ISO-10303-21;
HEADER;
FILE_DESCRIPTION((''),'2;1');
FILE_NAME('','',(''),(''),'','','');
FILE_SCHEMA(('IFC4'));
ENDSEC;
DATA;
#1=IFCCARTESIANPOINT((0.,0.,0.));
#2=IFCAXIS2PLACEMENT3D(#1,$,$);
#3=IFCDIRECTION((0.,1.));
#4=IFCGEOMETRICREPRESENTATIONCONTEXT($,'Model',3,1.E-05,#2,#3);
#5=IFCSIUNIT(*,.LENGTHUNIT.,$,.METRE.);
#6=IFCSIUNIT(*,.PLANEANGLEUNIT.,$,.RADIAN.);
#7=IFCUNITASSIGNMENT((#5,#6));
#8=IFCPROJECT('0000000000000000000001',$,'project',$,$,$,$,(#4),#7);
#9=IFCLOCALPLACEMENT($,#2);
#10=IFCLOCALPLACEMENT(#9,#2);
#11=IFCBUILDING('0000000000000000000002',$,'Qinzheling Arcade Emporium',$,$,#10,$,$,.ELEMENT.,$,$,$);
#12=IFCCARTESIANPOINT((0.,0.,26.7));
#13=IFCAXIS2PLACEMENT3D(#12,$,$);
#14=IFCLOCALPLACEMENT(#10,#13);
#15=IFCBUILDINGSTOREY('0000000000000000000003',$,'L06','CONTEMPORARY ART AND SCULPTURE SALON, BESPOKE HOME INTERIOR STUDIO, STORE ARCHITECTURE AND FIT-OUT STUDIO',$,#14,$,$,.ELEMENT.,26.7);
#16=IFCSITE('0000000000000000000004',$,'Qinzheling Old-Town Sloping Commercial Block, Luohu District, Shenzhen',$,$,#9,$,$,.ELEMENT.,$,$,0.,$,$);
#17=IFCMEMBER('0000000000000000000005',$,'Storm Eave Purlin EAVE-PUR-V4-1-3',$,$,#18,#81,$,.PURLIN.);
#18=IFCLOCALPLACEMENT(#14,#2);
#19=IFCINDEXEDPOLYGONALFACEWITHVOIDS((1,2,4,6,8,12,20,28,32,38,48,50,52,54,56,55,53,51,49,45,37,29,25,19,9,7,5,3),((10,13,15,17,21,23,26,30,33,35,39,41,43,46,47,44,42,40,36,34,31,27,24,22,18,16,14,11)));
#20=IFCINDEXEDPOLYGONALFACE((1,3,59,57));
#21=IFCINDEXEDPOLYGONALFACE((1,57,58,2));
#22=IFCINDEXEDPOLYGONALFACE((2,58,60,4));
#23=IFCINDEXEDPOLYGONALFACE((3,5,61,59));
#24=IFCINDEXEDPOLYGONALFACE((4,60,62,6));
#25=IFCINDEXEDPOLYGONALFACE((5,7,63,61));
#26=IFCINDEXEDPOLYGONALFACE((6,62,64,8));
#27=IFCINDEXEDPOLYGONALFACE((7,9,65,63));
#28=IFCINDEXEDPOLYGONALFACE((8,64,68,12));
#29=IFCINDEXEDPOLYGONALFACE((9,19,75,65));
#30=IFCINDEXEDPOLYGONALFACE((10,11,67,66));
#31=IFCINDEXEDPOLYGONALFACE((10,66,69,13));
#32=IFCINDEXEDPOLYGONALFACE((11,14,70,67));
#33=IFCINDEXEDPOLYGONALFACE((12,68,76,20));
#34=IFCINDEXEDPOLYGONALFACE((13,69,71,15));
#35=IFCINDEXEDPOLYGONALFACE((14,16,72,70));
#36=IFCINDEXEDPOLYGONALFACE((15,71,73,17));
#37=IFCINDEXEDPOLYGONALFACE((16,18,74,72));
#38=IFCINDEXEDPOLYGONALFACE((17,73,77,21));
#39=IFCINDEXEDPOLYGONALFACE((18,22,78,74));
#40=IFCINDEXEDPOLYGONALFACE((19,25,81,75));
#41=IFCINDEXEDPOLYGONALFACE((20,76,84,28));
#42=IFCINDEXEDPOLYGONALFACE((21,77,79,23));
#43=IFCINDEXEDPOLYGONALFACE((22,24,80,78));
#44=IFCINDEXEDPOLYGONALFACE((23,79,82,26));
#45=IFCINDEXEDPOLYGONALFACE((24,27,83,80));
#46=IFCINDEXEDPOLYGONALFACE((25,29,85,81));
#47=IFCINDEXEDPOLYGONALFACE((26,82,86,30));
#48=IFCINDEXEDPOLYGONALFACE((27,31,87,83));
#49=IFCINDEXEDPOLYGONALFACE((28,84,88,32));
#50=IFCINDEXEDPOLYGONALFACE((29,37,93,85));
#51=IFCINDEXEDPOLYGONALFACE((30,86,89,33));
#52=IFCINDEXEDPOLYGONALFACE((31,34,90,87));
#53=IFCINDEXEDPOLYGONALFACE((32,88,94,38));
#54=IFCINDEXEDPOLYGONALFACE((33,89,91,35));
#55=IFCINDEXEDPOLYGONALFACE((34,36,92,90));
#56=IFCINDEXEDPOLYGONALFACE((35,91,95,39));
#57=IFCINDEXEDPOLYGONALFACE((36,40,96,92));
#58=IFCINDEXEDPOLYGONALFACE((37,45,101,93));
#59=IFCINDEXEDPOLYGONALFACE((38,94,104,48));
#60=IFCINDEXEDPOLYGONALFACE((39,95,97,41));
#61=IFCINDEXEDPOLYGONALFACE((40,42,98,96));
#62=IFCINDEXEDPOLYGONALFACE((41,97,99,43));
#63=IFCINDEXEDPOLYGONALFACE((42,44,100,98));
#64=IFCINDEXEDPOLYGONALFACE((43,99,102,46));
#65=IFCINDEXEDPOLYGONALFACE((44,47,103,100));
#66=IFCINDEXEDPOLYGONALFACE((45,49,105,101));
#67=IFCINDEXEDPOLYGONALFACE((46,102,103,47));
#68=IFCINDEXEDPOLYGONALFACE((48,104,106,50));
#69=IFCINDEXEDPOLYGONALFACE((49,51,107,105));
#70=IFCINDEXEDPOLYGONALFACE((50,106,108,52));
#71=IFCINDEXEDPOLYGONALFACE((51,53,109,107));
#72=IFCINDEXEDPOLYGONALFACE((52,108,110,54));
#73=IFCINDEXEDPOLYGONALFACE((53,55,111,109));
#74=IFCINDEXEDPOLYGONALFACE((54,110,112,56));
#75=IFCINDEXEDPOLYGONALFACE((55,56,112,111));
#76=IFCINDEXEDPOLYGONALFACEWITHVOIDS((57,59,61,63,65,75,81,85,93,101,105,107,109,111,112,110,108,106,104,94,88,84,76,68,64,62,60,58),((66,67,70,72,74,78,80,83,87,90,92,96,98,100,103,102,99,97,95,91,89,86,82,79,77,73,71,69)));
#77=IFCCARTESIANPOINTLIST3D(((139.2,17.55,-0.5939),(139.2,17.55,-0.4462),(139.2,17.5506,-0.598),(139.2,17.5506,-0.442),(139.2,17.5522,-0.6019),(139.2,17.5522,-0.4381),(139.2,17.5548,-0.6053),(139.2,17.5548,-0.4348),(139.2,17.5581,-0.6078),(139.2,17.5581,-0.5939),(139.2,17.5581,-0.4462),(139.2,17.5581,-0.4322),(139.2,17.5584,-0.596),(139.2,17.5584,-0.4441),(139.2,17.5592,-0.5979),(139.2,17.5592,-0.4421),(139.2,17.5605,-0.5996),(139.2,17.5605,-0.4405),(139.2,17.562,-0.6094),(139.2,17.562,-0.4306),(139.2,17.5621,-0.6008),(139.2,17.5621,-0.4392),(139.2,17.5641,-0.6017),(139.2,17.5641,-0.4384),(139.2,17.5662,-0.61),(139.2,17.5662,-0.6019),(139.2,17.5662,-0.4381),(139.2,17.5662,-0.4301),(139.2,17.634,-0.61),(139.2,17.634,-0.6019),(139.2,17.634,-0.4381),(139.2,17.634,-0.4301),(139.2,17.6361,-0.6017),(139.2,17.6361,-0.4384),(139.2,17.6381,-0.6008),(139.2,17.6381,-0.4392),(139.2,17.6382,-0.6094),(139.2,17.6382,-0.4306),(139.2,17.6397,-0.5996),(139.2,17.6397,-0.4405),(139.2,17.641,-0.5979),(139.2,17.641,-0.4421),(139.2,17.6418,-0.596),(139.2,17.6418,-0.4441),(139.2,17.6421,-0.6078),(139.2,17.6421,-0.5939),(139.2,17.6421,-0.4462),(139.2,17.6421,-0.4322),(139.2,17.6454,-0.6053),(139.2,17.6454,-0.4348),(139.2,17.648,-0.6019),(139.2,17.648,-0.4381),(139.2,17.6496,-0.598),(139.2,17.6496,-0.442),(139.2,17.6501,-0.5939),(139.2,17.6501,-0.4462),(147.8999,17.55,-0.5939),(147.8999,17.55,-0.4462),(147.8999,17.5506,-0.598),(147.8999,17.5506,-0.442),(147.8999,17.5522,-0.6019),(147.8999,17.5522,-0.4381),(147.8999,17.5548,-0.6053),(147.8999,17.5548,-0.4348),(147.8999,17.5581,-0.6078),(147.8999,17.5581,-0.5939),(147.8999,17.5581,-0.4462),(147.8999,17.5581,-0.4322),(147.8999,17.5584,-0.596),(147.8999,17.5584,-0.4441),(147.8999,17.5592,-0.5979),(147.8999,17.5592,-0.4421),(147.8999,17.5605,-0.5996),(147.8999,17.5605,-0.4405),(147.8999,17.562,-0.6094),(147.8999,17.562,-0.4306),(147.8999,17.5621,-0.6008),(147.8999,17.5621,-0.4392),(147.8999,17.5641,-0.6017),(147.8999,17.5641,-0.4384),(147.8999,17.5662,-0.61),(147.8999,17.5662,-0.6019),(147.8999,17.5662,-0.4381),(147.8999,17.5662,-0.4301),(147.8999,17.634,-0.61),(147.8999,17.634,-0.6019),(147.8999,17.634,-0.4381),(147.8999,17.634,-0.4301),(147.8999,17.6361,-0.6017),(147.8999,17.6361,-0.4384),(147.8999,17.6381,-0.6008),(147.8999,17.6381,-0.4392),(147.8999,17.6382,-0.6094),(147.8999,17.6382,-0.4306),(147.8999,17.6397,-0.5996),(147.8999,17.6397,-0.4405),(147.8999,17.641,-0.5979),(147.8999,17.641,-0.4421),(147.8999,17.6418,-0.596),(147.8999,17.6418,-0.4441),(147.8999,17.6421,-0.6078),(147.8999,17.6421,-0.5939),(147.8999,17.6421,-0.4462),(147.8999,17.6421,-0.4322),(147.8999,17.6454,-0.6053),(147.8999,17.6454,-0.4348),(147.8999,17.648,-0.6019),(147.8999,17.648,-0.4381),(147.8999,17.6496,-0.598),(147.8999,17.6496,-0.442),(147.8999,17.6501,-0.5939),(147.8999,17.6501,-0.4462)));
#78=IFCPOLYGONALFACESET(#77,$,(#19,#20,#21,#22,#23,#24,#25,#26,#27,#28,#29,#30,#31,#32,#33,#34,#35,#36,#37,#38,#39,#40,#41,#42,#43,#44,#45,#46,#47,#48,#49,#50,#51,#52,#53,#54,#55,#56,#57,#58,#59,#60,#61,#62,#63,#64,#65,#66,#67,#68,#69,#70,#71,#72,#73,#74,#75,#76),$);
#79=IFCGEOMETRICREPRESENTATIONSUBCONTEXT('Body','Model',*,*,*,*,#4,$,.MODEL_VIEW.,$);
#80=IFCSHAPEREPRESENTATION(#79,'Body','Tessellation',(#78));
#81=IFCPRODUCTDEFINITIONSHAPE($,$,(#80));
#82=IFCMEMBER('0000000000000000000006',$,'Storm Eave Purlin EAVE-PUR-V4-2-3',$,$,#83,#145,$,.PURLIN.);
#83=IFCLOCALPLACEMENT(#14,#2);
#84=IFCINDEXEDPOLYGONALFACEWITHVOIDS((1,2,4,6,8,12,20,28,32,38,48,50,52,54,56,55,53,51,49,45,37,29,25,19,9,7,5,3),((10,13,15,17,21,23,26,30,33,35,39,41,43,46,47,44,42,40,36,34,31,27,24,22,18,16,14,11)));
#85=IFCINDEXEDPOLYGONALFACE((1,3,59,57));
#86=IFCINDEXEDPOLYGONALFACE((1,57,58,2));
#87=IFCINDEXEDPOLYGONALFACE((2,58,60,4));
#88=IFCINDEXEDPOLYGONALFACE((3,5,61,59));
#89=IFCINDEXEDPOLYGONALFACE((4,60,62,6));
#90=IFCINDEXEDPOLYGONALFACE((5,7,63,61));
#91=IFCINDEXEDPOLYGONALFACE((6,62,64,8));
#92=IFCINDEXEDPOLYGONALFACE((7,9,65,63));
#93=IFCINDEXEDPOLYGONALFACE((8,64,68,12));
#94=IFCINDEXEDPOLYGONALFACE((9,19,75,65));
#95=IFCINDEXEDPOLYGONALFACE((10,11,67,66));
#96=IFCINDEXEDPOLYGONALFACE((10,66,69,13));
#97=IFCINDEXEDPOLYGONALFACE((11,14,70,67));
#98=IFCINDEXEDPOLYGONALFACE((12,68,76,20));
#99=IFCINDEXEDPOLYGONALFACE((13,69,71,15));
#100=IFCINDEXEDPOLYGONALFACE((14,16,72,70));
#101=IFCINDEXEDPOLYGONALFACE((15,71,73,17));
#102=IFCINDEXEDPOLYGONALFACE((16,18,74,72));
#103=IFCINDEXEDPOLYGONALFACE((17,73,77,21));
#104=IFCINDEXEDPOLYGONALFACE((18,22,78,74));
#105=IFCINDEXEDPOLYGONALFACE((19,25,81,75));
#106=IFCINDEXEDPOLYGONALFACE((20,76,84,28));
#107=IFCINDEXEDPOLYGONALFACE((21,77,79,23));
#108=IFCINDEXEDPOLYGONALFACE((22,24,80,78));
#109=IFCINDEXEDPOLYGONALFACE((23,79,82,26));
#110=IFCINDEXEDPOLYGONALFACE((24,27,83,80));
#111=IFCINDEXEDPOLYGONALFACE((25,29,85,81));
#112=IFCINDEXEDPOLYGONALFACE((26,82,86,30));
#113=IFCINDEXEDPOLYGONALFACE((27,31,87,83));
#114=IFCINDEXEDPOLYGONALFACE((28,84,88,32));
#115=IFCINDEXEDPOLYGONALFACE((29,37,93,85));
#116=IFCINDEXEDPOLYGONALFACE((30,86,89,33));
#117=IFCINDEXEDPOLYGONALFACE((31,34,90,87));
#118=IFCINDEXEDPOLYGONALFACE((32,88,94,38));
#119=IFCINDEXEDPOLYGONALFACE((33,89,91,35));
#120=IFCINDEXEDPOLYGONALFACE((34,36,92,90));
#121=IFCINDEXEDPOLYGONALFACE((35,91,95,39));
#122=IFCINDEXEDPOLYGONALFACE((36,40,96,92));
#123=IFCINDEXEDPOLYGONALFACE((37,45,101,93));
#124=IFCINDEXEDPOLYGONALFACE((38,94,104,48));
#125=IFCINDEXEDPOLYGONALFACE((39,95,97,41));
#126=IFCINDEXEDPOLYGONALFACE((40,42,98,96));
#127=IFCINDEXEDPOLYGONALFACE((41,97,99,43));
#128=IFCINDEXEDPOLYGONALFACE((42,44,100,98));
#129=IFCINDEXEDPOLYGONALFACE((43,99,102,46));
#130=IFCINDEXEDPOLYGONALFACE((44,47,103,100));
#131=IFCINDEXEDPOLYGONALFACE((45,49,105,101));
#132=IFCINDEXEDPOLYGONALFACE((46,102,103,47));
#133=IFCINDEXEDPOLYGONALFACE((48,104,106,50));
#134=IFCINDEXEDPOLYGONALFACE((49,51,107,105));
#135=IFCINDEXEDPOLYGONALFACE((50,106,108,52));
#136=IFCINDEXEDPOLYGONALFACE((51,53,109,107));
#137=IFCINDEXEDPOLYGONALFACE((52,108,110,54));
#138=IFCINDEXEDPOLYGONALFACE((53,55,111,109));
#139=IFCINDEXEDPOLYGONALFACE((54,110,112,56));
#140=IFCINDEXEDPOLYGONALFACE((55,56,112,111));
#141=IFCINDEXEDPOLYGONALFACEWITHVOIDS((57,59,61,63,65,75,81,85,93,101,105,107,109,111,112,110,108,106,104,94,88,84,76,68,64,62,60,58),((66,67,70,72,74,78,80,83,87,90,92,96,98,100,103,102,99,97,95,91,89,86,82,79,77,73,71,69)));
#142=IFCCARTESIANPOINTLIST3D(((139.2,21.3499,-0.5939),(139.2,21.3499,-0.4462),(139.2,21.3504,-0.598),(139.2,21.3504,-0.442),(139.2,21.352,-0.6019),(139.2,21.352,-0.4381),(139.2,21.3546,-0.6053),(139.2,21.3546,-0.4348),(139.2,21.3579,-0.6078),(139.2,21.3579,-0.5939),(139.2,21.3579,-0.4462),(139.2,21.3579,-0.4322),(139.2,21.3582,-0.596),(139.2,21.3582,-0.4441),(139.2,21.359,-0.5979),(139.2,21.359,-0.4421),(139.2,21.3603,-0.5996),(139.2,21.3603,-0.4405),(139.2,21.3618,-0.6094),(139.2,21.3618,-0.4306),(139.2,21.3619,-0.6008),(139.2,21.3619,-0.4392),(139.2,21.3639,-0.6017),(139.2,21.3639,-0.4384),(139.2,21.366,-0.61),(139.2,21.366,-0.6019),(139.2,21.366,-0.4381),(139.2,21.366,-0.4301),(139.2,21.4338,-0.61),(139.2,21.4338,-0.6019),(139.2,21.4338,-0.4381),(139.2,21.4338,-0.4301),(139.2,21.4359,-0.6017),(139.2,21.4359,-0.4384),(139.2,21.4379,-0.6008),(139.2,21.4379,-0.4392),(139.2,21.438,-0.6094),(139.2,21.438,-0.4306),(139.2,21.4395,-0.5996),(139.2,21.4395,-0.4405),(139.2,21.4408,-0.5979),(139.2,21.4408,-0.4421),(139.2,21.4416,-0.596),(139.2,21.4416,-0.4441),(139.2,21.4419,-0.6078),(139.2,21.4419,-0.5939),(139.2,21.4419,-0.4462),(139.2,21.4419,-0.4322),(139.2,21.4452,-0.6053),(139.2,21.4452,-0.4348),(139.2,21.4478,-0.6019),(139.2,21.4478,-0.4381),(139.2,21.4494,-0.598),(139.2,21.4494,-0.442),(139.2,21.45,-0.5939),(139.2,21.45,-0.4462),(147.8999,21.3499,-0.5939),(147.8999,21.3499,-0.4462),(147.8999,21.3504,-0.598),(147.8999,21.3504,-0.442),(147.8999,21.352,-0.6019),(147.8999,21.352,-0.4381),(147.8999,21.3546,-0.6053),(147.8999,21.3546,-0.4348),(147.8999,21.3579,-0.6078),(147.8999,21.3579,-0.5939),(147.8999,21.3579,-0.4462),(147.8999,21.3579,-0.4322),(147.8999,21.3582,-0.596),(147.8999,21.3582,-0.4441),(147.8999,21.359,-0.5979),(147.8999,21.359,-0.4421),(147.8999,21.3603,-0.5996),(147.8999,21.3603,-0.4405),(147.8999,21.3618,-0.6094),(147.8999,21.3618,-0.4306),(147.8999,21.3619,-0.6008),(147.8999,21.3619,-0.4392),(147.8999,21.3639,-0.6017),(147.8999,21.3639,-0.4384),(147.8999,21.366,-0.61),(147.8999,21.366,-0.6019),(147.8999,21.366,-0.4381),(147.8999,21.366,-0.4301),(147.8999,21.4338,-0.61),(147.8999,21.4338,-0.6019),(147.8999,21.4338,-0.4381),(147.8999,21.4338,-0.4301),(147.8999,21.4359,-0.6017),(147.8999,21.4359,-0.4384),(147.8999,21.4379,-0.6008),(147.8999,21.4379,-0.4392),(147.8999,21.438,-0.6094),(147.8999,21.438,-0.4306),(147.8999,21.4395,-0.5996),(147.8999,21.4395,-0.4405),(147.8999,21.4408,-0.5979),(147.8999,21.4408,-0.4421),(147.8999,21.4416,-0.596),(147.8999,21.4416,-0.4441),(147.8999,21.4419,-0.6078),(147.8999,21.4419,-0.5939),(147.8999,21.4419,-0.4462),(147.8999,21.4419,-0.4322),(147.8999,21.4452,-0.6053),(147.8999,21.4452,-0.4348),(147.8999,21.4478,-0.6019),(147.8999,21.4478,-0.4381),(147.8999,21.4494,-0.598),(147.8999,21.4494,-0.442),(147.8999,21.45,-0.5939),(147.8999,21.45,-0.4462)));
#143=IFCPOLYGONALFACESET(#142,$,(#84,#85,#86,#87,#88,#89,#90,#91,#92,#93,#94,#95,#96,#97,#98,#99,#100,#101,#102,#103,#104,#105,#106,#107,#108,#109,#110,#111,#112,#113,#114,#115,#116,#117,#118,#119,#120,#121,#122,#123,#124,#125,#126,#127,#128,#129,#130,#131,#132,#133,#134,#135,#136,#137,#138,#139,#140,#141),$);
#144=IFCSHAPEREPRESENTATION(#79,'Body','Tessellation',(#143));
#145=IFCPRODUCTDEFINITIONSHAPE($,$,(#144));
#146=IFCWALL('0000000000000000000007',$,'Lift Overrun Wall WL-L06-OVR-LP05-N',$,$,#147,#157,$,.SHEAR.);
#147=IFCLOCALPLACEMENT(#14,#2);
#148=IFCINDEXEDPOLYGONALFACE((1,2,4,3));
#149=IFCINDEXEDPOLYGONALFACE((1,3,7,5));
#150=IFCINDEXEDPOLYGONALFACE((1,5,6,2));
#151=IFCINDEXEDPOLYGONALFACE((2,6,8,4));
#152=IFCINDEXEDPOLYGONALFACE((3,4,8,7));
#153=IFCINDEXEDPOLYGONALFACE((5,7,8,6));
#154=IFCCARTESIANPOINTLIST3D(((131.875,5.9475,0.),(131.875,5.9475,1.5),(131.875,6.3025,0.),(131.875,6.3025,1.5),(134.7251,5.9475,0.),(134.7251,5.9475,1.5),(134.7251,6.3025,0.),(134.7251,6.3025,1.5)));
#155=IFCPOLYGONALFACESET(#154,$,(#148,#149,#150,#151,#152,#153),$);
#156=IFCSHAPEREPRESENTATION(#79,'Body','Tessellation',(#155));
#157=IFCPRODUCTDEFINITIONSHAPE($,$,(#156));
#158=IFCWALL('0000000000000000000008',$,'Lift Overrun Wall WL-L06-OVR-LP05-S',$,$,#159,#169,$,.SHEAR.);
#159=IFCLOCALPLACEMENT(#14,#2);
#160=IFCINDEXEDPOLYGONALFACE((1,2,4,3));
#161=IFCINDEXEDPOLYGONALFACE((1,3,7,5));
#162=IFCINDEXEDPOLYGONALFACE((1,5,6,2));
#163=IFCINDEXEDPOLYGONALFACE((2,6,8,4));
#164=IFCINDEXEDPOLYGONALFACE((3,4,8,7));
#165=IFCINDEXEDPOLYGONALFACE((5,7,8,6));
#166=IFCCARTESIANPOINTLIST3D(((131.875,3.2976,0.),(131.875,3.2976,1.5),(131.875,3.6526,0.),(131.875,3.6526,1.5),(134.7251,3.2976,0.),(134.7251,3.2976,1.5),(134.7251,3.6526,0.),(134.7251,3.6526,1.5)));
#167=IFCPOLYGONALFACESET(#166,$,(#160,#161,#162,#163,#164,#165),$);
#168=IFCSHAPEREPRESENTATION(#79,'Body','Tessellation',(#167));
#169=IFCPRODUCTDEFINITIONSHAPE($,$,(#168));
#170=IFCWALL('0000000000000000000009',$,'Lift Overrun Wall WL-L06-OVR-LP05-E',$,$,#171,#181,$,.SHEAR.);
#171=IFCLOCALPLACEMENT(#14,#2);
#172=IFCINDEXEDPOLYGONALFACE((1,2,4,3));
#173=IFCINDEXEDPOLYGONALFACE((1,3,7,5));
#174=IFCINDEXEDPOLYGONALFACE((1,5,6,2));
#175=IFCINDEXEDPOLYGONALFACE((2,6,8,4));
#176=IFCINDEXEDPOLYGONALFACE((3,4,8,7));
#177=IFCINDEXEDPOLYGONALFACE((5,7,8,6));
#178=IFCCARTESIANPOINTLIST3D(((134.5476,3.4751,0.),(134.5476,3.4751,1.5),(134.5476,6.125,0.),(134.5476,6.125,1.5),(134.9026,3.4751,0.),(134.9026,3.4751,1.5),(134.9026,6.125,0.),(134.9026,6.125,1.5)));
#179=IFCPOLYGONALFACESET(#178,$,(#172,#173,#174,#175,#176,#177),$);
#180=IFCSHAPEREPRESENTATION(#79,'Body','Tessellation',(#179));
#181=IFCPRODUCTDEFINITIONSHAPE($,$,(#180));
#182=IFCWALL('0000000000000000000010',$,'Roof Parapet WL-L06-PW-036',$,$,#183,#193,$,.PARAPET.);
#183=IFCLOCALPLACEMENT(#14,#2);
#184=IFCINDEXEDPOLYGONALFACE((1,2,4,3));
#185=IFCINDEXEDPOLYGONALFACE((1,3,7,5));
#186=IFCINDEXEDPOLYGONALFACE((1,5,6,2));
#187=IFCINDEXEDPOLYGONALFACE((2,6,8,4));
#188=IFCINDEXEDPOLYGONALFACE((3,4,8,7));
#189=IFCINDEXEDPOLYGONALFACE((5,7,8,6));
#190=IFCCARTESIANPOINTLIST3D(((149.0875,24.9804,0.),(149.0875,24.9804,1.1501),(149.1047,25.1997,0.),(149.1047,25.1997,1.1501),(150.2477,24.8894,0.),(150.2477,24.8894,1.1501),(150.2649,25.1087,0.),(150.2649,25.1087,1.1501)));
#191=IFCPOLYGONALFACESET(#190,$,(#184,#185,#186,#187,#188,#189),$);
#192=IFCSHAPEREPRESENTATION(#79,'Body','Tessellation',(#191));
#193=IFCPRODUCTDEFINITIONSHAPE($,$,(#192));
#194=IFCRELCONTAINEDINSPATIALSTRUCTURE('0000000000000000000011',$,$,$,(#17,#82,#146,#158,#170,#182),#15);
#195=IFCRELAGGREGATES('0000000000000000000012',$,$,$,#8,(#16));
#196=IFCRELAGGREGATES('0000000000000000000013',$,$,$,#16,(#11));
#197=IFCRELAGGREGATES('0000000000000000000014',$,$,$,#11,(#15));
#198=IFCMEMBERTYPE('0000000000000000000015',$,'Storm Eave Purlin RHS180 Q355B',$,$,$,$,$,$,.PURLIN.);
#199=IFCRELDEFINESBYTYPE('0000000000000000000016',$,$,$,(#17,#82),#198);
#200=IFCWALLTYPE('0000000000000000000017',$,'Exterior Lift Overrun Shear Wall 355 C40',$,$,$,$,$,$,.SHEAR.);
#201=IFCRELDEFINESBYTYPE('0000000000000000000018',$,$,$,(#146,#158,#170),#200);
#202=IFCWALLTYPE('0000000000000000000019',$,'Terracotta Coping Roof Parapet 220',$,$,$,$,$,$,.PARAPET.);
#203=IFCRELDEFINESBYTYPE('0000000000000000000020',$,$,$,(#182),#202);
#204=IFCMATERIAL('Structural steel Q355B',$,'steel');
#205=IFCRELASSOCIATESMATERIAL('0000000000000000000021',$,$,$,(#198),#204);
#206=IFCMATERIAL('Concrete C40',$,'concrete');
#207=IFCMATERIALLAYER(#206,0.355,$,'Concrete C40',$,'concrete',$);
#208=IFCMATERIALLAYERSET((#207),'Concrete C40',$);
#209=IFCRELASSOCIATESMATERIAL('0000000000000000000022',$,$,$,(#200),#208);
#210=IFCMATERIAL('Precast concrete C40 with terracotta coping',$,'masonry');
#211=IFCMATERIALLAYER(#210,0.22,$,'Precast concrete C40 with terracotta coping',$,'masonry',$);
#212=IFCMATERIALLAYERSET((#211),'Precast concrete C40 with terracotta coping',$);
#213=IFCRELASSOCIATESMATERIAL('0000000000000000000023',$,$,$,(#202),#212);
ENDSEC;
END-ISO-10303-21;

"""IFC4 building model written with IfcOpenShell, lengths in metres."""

from ifc_helpers import new_model, si_unit, direction, frame, frame_2d, origin, origin_2d, place, context, subcontext, project, spatial, rectangle, hollow_rectangle, extrude, material, layer, layer_set, material_profile, profile_set, type_object, element, save


model = new_model("IFC4")

# Units and contexts
model_context = context("Model", 3, precision=1e-05, world=origin(), true_north=direction((0.0, 1.0)))
body_context = subcontext(model_context, "Body", "Model", "MODEL_VIEW")
ifc_project = project(units=[si_unit("LENGTHUNIT", "METRE"), si_unit("PLANEANGLEUNIT", "RADIAN")], contexts=[model_context])

# Site, building, storey
site_placement = place(None, origin())
site = spatial("IfcSite", under=ifc_project, at=site_placement, Name="Qinzheling Old-Town Sloping Commercial Block, Luohu District, Shenzhen", CompositionType="ELEMENT", RefElevation=0.0)
building_placement = place(site_placement, origin())
building = spatial("IfcBuilding", under=site, at=building_placement, Name="Qinzheling Arcade Emporium", CompositionType="ELEMENT")
storey_placement = place(building_placement, frame((0.0, 0.0, 26.7)))
storey = spatial("IfcBuildingStorey", under=building, at=storey_placement, Name="L06", Description="CONTEMPORARY ART AND SCULPTURE SALON, BESPOKE HOME INTERIOR STUDIO, STORE ARCHITECTURE AND FIT-OUT STUDIO", CompositionType="ELEMENT", Elevation=26.7)

# Members
ifc_material_1 = material(Name="Structural steel Q355B", Category="steel")
ifc_material_profile = material_profile(ifc_material_1, hollow_rectangle(XDim=0.1001, YDim=0.1799, WallThickness=0.0081, InnerFilletRadius=0.0081, OuterFilletRadius=0.0161, at=origin_2d()), Name="RHS 180x100x8", Category="steel")
ifc_profile_set = profile_set([ifc_material_profile], Name="Structural steel Q355B")
member_type = type_object("IfcMemberType", Name="Storm Eave Purlin RHS180 Q355B", PredefinedType="PURLIN", material=ifc_profile_set)
for number, where, z_axis, x_axis, name in (
    (1, (139.2, 17.6001, -0.52), (1.0, 0.0, 0.0), (0.0, 1.0, 0.0), "Storm Eave Purlin EAVE-PUR-V4-1-3"),
    (2, (139.2, 21.3999, -0.52), (1.0, 0.0, 0.0), (0.0, 1.0, 0.0), "Storm Eave Purlin EAVE-PUR-V4-2-3"),
):
    element("IfcMember", number, at=place(storey_placement, frame(where, z_axis=z_axis, x_axis=x_axis)), inside=storey, type_object=member_type, Name=name, PredefinedType="PURLIN", context=body_context, shape_type="SweptSolid", body=[
        extrude(hollow_rectangle(XDim=0.1001, YDim=0.1799, WallThickness=0.0081, InnerFilletRadius=0.0081, OuterFilletRadius=0.0161, at=origin_2d()), origin(), (0.0, 0.0, 1.0), 8.7),
    ])

# Walls
ifc_material_2 = material(Name="Concrete C40", Category="concrete")
ifc_layer_1 = layer(ifc_material_2, 0.355, Name="Concrete C40", Category="concrete")
ifc_layer_set_1 = layer_set([ifc_layer_1], Name="Concrete C40")
wall_type_1 = type_object("IfcWallType", Name="Exterior Lift Overrun Shear Wall 355 C40", PredefinedType="SHEAR", material=ifc_layer_set_1)
for number, where, z_axis, x_axis, name in (
    (3, (131.875, 6.125, 0.0), (0.0, 0.0, 1.0), (1.0, 0.0, 0.0), "Lift Overrun Wall WL-L06-OVR-LP05-N"),
    (4, (134.7251, 3.4751, 0.0), (0.0, 0.0, 1.0), (-1.0, 0.0, 0.0), "Lift Overrun Wall WL-L06-OVR-LP05-S"),
):
    element("IfcWall", number, at=place(storey_placement, frame(where, z_axis=z_axis, x_axis=x_axis)), inside=storey, type_object=wall_type_1, Name=name, PredefinedType="SHEAR", context=body_context, shape_type="SweptSolid", body=[
        extrude(rectangle(XDim=2.8501, YDim=0.355, at=frame_2d((1.425, 0.0))), origin(), (0.0, 0.0, 1.0), 1.5),
    ])
wall_1_placement = place(storey_placement, frame((134.7251, 6.125, 0.0), z_axis=(0.0, 0.0, 1.0), x_axis=(0.0, -1.0, 0.0)))
element("IfcWall", 5, at=wall_1_placement, inside=storey, type_object=wall_type_1, Name="Lift Overrun Wall WL-L06-OVR-LP05-E", PredefinedType="SHEAR", context=body_context, shape_type="SweptSolid", body=[
    extrude(rectangle(XDim=2.6499, YDim=0.355, at=frame_2d((1.325, 0.0))), origin(), (0.0, 0.0, 1.0), 1.5),
])
ifc_material_3 = material(Name="Precast concrete C40 with terracotta coping", Category="masonry")
ifc_layer_2 = layer(ifc_material_3, 0.22, Name="Precast concrete C40 with terracotta coping", Category="masonry")
ifc_layer_set_2 = layer_set([ifc_layer_2], Name="Precast concrete C40 with terracotta coping")
wall_type_2 = type_object("IfcWallType", Name="Terracotta Coping Roof Parapet 220", PredefinedType="PARAPET", material=ifc_layer_set_2)
wall_2_placement = place(storey_placement, frame((149.0959, 25.0901, 0.0), z_axis=(0.0, 0.0, 1.0), x_axis=(0.996934, -0.078253, 0.0)))
element("IfcWall", 6, at=wall_2_placement, inside=storey, type_object=wall_type_2, Name="Roof Parapet WL-L06-PW-036", PredefinedType="PARAPET", context=body_context, shape_type="SweptSolid", body=[
    extrude(rectangle(XDim=1.1638, YDim=0.22, at=frame_2d((0.582, 0.0))), origin(), (0.0, 0.0, 1.0), 1.1501),
])

save(model, "model.ifc")
